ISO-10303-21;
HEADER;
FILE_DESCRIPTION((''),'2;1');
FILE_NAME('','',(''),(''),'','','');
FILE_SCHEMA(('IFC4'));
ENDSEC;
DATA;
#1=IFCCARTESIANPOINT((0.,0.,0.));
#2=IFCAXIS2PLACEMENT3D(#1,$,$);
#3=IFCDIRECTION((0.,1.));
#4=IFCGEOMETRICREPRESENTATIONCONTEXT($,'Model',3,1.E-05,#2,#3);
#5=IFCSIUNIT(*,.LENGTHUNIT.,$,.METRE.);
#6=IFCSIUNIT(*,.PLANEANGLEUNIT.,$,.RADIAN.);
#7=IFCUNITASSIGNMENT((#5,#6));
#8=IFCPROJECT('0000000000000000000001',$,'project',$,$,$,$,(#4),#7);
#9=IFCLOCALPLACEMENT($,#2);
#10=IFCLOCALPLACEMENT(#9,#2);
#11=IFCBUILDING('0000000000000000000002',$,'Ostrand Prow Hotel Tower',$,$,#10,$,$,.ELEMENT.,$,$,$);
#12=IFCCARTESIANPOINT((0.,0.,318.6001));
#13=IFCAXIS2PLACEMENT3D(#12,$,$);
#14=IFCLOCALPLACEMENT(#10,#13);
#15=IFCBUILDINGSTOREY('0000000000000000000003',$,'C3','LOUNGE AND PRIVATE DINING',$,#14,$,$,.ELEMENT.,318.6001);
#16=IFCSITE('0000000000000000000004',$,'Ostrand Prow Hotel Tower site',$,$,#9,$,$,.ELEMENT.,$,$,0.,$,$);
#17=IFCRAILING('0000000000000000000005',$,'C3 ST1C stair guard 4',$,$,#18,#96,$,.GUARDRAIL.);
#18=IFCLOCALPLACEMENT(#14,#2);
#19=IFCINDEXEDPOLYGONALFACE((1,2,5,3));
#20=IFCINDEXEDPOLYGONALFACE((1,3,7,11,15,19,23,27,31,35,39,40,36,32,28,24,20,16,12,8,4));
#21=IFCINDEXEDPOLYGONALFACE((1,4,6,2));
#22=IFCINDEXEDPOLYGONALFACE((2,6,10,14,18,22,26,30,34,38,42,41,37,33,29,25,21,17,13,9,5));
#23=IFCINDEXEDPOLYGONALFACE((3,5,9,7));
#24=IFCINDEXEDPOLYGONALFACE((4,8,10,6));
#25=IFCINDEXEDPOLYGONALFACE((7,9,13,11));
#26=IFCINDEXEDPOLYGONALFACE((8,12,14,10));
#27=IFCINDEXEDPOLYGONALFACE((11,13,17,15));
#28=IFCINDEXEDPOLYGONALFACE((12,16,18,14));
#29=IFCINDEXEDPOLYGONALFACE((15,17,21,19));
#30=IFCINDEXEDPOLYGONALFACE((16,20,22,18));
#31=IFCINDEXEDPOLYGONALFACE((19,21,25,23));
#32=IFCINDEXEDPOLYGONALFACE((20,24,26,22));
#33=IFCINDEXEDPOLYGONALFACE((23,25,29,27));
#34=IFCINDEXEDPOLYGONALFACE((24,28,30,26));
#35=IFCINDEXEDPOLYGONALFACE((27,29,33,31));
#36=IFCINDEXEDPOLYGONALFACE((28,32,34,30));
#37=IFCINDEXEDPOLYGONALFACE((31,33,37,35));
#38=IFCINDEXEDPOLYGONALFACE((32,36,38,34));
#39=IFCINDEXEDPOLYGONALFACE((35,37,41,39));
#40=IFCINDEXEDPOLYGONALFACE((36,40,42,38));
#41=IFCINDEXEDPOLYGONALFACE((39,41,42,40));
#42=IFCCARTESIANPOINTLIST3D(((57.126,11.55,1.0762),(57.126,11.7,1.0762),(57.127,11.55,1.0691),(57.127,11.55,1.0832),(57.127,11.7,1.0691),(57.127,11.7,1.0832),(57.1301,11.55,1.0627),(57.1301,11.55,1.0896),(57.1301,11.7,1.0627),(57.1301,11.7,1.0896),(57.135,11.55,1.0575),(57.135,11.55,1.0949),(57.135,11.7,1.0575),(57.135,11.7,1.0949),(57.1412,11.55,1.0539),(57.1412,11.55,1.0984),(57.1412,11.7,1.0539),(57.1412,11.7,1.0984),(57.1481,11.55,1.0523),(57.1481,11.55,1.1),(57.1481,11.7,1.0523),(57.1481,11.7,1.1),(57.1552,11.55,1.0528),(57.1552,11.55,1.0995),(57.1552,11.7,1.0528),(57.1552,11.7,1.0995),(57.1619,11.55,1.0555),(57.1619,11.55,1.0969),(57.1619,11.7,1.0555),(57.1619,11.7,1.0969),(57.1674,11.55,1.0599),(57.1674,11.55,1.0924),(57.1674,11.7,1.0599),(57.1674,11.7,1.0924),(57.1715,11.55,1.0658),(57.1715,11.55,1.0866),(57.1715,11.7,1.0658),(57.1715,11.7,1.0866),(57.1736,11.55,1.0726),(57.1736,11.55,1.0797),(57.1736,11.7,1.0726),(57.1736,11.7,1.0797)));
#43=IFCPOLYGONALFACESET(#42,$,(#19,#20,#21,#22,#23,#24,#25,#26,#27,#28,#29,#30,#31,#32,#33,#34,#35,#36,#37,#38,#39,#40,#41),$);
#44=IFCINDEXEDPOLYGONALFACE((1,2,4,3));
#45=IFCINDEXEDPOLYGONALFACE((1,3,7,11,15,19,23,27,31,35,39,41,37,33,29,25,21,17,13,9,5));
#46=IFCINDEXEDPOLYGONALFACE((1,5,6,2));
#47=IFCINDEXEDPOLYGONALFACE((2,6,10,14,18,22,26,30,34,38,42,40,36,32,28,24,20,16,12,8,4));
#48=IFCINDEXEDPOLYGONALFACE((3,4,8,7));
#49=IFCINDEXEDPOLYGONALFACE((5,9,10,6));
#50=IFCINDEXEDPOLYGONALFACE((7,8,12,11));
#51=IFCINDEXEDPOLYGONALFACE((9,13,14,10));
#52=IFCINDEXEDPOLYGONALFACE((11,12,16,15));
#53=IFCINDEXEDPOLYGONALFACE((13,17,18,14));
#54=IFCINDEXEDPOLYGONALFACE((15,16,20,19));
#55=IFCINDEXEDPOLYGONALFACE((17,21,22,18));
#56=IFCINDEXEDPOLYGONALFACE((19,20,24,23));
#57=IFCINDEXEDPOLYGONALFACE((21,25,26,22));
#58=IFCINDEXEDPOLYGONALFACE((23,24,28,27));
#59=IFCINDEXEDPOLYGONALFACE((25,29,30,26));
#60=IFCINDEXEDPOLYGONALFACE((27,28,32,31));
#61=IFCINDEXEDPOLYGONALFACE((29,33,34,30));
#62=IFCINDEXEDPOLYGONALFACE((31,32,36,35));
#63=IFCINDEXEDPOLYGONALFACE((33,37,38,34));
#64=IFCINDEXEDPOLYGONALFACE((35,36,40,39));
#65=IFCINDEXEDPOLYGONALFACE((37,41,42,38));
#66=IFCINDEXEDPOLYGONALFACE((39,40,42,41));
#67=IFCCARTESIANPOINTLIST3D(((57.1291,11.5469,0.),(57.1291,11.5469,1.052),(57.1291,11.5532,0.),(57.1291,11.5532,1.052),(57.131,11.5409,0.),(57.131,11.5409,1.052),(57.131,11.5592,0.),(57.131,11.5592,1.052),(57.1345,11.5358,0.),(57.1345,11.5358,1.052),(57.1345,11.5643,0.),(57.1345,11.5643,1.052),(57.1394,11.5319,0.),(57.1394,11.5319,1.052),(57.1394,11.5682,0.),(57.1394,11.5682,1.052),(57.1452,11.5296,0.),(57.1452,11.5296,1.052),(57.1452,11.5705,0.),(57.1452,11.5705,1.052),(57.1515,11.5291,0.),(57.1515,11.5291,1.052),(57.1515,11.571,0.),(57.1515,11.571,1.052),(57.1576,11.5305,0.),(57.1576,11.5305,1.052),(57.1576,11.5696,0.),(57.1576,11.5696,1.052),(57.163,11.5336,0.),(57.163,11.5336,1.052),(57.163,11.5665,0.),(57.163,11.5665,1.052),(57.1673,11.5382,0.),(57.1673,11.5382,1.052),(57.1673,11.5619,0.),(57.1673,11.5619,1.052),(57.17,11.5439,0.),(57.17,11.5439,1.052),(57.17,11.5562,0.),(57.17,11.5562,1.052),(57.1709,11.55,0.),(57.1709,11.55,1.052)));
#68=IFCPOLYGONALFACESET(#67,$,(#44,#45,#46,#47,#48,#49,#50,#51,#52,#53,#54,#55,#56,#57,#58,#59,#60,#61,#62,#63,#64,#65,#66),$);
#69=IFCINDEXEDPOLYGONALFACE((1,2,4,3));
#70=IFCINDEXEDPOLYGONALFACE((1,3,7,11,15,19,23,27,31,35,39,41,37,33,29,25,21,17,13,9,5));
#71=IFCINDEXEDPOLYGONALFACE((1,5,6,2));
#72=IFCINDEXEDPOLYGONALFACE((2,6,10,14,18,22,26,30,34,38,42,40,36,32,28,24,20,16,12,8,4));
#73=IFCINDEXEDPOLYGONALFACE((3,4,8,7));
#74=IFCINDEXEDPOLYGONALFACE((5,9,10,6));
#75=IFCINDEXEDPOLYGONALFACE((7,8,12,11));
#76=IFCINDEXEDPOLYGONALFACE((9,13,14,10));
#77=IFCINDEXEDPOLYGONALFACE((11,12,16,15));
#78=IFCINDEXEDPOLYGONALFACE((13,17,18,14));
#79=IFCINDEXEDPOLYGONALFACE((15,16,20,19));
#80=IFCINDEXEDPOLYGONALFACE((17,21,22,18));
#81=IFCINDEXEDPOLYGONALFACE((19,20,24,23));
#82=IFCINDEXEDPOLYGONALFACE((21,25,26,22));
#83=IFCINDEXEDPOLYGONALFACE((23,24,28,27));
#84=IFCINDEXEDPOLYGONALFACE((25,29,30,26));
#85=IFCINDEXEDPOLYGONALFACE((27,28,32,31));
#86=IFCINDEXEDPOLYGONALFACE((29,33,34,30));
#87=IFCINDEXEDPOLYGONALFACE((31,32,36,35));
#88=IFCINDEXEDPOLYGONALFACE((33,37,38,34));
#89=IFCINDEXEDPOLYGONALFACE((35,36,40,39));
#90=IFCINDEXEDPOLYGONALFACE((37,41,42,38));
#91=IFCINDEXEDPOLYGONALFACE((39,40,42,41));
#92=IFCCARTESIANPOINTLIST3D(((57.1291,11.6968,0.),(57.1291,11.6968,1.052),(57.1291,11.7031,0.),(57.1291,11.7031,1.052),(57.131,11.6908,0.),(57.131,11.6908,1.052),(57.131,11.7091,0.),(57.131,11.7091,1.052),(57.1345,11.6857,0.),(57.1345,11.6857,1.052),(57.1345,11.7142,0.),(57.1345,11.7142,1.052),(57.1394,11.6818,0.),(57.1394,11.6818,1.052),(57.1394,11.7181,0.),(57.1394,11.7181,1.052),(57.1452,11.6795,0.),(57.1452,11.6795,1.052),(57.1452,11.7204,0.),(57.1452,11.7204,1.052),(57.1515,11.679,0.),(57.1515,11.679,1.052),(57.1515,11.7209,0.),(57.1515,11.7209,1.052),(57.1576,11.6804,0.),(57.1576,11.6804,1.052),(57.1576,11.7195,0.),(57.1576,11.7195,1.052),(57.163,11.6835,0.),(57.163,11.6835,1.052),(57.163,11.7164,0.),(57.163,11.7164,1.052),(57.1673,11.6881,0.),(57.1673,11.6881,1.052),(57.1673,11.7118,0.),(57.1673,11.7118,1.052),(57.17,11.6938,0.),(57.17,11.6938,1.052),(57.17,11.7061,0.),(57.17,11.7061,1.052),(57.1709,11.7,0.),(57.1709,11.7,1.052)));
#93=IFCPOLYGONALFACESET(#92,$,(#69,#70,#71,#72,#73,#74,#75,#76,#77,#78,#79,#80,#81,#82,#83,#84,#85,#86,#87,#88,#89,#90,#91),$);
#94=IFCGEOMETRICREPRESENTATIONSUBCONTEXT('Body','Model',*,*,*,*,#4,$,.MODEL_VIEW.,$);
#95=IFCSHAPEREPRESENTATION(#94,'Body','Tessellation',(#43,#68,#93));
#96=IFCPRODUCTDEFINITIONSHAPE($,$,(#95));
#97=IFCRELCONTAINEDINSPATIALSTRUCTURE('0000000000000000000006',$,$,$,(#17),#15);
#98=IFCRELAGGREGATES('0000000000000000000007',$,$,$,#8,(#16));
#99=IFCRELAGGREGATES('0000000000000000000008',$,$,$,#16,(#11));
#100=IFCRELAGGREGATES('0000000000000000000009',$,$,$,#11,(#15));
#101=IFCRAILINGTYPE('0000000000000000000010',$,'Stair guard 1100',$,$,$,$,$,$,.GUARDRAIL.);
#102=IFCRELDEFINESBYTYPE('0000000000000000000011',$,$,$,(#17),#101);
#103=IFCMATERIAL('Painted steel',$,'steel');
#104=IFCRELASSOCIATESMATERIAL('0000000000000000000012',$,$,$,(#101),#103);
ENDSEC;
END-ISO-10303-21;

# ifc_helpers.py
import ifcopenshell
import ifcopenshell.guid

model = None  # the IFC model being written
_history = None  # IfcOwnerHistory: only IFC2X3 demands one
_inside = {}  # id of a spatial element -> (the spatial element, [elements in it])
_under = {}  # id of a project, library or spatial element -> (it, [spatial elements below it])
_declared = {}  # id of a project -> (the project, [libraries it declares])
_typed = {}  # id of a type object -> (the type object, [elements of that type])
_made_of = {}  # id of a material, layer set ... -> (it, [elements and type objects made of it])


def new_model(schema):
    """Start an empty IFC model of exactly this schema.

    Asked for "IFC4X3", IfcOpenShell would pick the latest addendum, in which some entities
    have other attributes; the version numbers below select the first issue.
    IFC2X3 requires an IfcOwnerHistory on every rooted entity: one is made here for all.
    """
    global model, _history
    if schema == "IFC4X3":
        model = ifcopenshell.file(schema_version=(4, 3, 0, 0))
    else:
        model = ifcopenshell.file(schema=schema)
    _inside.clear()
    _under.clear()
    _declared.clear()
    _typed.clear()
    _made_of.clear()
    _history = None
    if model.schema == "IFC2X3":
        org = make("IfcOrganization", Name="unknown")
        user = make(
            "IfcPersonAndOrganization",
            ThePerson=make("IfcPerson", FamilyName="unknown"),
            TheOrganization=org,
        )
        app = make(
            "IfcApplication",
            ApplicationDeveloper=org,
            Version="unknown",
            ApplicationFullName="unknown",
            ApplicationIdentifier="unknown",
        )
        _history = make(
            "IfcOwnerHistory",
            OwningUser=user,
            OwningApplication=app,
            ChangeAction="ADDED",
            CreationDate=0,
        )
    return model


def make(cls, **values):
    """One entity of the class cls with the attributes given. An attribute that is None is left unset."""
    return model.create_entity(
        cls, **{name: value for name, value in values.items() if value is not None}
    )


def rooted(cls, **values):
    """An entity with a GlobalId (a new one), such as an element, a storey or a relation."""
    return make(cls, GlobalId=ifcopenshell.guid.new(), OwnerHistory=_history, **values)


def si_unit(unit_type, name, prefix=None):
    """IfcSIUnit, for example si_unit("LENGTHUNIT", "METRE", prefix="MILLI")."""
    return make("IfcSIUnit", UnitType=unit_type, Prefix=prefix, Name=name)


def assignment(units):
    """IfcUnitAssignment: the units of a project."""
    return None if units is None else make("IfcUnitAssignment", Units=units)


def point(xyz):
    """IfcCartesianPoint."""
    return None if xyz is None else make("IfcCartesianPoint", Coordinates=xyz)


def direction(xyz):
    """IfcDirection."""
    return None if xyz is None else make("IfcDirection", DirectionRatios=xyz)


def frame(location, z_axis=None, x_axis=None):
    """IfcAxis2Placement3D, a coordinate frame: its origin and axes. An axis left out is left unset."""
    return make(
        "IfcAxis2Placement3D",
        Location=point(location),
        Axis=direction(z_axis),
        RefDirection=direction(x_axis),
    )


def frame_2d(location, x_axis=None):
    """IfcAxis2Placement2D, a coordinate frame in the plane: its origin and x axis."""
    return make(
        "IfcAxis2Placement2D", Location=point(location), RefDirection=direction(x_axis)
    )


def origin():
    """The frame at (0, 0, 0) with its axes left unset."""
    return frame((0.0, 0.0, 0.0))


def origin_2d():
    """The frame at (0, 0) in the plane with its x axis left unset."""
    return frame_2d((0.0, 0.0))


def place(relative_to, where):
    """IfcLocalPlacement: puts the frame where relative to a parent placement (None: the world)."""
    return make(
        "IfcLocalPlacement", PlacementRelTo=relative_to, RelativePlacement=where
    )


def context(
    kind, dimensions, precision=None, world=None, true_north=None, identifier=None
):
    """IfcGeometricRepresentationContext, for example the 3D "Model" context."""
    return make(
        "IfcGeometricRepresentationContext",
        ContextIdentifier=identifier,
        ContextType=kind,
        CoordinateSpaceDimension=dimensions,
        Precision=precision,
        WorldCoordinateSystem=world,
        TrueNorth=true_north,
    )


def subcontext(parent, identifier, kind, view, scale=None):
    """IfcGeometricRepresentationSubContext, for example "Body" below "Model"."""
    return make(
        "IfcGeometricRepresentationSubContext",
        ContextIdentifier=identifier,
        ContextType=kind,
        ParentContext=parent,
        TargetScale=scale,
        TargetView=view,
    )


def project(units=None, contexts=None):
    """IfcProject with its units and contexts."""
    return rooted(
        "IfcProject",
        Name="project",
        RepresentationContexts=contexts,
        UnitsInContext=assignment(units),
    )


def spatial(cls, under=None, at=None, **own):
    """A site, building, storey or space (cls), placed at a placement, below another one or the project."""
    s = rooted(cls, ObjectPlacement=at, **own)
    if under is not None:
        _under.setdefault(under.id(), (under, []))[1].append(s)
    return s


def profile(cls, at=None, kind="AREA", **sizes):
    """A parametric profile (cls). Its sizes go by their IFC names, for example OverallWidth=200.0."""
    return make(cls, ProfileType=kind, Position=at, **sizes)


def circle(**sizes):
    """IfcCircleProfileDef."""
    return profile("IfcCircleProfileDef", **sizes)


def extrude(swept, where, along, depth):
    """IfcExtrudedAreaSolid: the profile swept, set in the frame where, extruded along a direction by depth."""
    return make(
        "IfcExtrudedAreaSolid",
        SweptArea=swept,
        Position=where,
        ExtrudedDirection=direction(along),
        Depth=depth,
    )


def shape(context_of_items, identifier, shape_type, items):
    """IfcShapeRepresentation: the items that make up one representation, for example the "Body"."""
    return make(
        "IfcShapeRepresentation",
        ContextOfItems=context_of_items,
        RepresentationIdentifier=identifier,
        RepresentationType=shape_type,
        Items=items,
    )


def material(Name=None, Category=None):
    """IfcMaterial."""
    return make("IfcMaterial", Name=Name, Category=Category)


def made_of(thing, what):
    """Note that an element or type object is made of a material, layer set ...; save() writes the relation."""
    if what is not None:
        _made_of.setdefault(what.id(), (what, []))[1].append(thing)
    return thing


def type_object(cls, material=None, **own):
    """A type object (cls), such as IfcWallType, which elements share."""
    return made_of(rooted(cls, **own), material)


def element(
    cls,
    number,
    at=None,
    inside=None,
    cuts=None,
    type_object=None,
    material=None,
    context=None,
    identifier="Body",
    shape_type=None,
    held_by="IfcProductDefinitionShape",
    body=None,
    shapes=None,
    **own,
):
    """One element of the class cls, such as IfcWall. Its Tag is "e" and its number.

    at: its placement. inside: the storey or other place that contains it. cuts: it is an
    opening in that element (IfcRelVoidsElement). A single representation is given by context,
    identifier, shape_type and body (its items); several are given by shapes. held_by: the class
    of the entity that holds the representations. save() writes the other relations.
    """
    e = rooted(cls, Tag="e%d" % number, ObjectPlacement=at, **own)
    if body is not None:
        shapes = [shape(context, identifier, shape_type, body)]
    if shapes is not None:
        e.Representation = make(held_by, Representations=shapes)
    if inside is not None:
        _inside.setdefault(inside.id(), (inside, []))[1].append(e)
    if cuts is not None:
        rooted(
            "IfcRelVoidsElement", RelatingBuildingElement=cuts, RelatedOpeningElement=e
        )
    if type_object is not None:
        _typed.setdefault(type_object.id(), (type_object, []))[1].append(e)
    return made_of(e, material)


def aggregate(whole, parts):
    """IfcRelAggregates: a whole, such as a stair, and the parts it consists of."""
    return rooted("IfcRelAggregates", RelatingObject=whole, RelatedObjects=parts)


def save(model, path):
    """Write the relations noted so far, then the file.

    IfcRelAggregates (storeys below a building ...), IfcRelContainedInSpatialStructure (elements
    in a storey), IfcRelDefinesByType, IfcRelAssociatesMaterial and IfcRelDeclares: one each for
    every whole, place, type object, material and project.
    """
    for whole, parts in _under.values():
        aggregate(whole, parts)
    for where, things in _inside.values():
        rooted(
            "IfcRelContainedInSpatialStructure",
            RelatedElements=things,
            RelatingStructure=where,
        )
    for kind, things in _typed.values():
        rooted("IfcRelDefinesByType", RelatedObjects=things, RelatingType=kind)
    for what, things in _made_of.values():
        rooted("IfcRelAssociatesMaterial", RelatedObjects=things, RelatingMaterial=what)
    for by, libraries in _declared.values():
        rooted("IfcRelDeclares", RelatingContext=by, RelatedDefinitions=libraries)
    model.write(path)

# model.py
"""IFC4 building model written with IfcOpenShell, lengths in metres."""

from ifc_helpers import new_model, si_unit, direction, frame, origin, origin_2d, place, context, subcontext, project, spatial, circle, extrude, material, type_object, element, save


model = new_model("IFC4")

# Units and contexts
model_context = context("Model", 3, precision=1e-05, world=origin(), true_north=direction((0.0, 1.0)))
body_context = subcontext(model_context, "Body", "Model", "MODEL_VIEW")
ifc_project = project(units=[si_unit("LENGTHUNIT", "METRE"), si_unit("PLANEANGLEUNIT", "RADIAN")], contexts=[model_context])

# Site, building, storey
site_placement = place(None, origin())
site = spatial("IfcSite", under=ifc_project, at=site_placement, Name="Ostrand Prow Hotel Tower site", CompositionType="ELEMENT", RefElevation=0.0)
building_placement = place(site_placement, origin())
building = spatial("IfcBuilding", under=site, at=building_placement, Name="Ostrand Prow Hotel Tower", CompositionType="ELEMENT")
storey_placement = place(building_placement, frame((0.0, 0.0, 318.6001)))
storey = spatial("IfcBuildingStorey", under=building, at=storey_placement, Name="C3", Description="LOUNGE AND PRIVATE DINING", CompositionType="ELEMENT", Elevation=318.6001)

# Railing
ifc_material_1 = material(Name="Painted steel", Category="steel")
railing_type_1 = type_object("IfcRailingType", Name="Stair guard 1100", PredefinedType="GUARDRAIL", material=ifc_material_1)
railing_1_placement = place(storey_placement, frame((57.1499, 11.55, 0.0)))
element("IfcRailing", 1, at=railing_1_placement, inside=storey, type_object=railing_type_1, Name="C3 ST1C stair guard 4", PredefinedType="GUARDRAIL", context=body_context, shape_type="SweptSolid", body=[
    extrude(circle(Radius=0.0239, at=origin_2d()), frame((0.0, 0.0, 1.0762), z_axis=(0.0, 1.0, 0.0), x_axis=(-1.0, 0.0, 0.0)), (0.0, 0.0, 1.0), 0.1499),
    extrude(circle(Radius=0.021, at=origin_2d()), origin(), (0.0, 0.0, 1.0), 1.052),
    extrude(circle(Radius=0.021, at=origin_2d()), frame((0.0, 0.1499, 0.0)), (0.0, 0.0, 1.0), 1.052),
])

save(model, "model.ifc")
